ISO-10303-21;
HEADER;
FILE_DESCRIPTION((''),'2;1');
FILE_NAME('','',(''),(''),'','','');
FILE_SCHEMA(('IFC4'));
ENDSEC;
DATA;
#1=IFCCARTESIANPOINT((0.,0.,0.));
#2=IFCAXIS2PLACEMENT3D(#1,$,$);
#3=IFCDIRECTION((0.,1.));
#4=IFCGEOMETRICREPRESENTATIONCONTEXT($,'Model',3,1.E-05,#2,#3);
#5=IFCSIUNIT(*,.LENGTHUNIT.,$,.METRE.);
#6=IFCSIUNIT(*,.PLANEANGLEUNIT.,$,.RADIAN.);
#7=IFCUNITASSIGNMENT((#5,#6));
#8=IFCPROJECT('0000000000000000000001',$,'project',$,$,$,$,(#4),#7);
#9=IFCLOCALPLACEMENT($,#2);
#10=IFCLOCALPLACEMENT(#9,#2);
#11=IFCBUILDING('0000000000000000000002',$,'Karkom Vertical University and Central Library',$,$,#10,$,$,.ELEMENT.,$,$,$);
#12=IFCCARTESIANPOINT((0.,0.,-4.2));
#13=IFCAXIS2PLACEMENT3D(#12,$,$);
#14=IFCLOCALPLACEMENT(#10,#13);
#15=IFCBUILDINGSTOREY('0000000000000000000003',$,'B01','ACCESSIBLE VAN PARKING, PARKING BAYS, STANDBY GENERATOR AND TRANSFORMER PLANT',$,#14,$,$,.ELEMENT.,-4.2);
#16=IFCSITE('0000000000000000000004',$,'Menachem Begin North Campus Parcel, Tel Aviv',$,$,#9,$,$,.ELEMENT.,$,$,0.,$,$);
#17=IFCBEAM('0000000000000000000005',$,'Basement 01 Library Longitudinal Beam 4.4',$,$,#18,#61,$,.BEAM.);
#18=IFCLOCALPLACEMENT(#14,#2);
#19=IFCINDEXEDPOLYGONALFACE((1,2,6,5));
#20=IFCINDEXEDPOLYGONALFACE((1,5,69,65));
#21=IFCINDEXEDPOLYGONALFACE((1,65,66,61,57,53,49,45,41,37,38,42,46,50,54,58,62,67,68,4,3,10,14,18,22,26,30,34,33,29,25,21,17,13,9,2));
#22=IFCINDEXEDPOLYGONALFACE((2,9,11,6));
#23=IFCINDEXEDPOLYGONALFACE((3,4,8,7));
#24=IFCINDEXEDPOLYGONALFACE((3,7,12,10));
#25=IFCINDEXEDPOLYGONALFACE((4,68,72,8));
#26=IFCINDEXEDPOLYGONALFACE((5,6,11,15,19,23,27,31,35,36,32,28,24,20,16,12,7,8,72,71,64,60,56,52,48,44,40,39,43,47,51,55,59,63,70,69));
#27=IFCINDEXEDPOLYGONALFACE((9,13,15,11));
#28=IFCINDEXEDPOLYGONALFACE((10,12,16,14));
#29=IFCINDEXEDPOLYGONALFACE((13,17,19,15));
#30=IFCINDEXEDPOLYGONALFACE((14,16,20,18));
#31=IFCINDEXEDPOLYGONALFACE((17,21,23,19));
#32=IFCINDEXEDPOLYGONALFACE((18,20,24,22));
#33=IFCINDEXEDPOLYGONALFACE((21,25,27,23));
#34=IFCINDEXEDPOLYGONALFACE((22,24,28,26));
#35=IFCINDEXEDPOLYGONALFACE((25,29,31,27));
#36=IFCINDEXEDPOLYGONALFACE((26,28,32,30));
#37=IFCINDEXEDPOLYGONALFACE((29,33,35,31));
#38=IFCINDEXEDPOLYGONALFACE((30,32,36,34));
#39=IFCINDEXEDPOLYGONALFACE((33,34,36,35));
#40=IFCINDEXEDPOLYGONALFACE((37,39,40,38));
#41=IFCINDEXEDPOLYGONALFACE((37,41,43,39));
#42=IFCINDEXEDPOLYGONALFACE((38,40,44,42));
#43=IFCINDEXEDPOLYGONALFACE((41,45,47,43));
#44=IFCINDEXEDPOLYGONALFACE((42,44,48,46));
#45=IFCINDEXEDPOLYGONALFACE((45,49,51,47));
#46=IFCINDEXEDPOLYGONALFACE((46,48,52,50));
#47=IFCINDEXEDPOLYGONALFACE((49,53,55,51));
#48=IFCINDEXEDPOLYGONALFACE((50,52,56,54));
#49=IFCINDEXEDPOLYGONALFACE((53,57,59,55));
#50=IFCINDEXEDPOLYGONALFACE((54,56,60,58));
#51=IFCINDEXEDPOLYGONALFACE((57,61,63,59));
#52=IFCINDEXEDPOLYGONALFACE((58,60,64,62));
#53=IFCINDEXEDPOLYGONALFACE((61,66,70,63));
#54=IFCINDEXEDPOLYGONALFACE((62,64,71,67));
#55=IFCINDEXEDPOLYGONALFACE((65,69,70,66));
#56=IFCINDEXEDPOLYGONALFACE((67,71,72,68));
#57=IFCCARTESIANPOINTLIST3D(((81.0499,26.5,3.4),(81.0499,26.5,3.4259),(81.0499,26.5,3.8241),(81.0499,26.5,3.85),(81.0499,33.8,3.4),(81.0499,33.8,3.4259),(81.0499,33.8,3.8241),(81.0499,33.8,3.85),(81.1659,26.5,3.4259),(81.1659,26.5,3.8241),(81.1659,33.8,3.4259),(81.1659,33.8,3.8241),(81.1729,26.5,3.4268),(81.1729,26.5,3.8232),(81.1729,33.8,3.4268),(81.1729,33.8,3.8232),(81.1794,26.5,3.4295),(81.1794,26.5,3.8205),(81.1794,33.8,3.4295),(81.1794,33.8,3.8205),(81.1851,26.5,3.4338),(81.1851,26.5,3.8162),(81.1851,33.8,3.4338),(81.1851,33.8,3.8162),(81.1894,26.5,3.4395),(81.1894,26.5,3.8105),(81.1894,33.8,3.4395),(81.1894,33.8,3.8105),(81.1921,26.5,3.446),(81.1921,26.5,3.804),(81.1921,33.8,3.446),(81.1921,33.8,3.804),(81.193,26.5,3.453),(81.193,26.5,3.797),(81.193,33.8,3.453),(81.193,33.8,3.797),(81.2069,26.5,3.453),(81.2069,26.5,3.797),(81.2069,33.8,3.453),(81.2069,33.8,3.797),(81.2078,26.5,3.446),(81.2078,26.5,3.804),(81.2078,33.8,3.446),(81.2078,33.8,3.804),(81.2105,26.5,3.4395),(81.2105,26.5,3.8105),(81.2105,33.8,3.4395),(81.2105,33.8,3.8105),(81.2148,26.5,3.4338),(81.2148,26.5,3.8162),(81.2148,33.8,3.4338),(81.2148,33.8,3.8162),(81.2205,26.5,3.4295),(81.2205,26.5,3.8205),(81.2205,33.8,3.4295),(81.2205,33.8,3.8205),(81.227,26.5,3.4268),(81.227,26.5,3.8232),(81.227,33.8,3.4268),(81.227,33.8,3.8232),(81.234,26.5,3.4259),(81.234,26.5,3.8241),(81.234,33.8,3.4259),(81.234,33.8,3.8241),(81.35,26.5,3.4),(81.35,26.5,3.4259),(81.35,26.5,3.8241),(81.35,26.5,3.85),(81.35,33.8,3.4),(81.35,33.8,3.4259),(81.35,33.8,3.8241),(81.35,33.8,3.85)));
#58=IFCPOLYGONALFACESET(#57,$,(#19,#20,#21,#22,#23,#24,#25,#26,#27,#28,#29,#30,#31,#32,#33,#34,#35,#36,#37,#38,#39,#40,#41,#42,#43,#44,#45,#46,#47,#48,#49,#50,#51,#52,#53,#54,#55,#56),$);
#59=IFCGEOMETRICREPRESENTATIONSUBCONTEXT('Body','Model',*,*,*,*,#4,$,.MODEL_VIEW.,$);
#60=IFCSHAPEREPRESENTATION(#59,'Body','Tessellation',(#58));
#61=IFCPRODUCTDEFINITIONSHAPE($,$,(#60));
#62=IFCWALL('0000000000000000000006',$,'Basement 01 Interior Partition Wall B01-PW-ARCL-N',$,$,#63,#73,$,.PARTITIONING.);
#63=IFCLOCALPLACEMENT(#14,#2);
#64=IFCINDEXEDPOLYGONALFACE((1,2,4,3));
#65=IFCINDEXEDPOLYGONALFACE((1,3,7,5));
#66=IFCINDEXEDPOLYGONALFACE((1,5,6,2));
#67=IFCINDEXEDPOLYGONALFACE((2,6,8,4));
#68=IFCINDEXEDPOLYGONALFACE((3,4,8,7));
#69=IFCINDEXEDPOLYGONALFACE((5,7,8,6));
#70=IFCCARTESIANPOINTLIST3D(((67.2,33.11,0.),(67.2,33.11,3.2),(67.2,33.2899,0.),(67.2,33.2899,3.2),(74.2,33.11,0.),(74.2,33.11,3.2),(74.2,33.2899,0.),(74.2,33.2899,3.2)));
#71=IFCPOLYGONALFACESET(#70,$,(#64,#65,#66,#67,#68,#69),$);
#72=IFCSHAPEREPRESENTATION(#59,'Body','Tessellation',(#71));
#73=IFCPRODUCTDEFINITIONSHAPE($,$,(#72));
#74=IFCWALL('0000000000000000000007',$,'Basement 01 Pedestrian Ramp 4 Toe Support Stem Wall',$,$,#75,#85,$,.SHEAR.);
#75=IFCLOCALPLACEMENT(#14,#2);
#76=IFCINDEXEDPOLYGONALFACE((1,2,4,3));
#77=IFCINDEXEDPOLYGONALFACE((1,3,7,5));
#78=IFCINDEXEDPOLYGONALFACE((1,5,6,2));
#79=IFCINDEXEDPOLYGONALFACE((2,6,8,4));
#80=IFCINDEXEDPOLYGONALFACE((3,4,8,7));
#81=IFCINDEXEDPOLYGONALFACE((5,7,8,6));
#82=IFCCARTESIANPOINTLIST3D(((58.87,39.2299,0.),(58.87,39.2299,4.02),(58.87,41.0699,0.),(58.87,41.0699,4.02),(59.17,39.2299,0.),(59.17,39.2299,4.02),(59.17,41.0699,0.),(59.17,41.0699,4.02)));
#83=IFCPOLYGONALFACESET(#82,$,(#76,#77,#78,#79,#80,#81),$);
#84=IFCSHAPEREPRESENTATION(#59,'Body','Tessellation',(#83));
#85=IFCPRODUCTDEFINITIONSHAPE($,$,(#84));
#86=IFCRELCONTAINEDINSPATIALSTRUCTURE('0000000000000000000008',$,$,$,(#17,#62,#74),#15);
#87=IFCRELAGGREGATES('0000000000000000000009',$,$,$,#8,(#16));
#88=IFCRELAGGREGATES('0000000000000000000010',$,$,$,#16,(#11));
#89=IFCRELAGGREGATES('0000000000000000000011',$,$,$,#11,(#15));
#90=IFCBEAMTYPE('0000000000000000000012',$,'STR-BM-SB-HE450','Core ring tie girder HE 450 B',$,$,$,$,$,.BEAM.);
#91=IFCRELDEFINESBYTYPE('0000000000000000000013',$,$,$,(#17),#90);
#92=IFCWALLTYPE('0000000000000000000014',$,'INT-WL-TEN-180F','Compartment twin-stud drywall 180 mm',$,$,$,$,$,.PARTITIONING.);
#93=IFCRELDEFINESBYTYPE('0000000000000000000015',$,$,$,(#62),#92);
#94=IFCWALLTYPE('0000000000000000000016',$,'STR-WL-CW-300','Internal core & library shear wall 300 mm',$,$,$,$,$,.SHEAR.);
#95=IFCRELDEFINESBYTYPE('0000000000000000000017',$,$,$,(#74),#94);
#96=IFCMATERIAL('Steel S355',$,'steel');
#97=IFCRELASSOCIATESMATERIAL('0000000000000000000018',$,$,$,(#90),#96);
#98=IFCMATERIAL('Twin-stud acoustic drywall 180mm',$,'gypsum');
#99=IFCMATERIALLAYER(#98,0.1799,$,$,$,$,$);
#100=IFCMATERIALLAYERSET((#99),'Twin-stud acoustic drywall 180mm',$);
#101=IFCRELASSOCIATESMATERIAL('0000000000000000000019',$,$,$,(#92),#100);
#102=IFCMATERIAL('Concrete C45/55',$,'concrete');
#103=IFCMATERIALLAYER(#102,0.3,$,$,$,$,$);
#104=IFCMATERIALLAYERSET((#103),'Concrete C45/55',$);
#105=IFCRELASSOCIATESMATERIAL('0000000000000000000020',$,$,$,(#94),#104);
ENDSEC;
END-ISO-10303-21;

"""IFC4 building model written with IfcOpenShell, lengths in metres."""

from ifc_helpers import new_model, si_unit, direction, frame, frame_2d, origin, origin_with_axes, origin_2d, place, context, subcontext, project, spatial, rectangle, i_section, extrude, source, transform, mapped, material, layer, layer_set, material_profile, profile_set, type_object, element, save


model = new_model("IFC4")

# Units and contexts
model_context = context("Model", 3, precision=1e-05, world=origin(), true_north=direction((0.0, 1.0)))
body_context = subcontext(model_context, "Body", "Model", "MODEL_VIEW")
ifc_project = project(units=[si_unit("LENGTHUNIT", "METRE"), si_unit("PLANEANGLEUNIT", "RADIAN")], contexts=[model_context])

# Site, building, storey
site_placement = place(None, origin())
site = spatial("IfcSite", under=ifc_project, at=site_placement, Name="Menachem Begin North Campus Parcel, Tel Aviv", CompositionType="ELEMENT", RefElevation=0.0)
building_placement = place(site_placement, origin())
building = spatial("IfcBuilding", under=site, at=building_placement, Name="Karkom Vertical University and Central Library", CompositionType="ELEMENT")
storey_placement = place(building_placement, frame((0.0, 0.0, -4.2)))
storey = spatial("IfcBuildingStorey", under=building, at=storey_placement, Name="B01", Description="ACCESSIBLE VAN PARKING, PARKING BAYS, STANDBY GENERATOR AND TRANSFORMER PLANT", CompositionType="ELEMENT", Elevation=-4.2)

# Shared definitions
ifc_material_1 = material(Name="Concrete C45/55", Category="concrete")

# Beam
ifc_material_2 = material(Name="Steel S355", Category="steel")
ifc_material_profile_1 = material_profile(ifc_material_2, i_section(OverallWidth=0.3, OverallDepth=0.45, WebThickness=0.0139, FlangeThickness=0.0259, FilletRadius=0.0271, at=origin_2d()), Name="HE 450 B")
ifc_profile_set_1 = profile_set([ifc_material_profile_1], Name="Steel S355")
beam_type_1 = type_object("IfcBeamType", Name="STR-BM-SB-HE450", Description="Core ring tie girder HE 450 B", PredefinedType="BEAM", material=ifc_profile_set_1)
shared_shape_1 = source(origin_with_axes(), body_context, "Body", "SweptSolid", [
    extrude(i_section(OverallWidth=0.3, OverallDepth=0.45, WebThickness=0.0139, FlangeThickness=0.0259, FilletRadius=0.0271, at=origin_2d()), origin(), (0.0, 0.0, 1.0), 7.3),
])
for number, where, z_axis, x_axis, name in (
    (1, (81.2, 26.5, 3.625), (0.0, 1.0, 0.0), (-1.0, 0.0, 0.0), "Basement 01 Library Longitudinal Beam 4.4"),
):
    element("IfcBeam", number, at=place(storey_placement, frame(where, z_axis=z_axis, x_axis=x_axis)), inside=storey, type_object=beam_type_1, Name=name, PredefinedType="BEAM", context=body_context, shape_type="MappedRepresentation", body=[
        mapped(shared_shape_1, transform((0.0, 0.0, 0.0), scale=1.0)),
    ])

# Walls
ifc_material_3 = material(Name="Twin-stud acoustic drywall 180mm", Category="gypsum")
ifc_layer_1 = layer(ifc_material_3, 0.1799)
ifc_layer_set_1 = layer_set([ifc_layer_1], Name="Twin-stud acoustic drywall 180mm")
wall_type_1 = type_object("IfcWallType", Name="INT-WL-TEN-180F", Description="Compartment twin-stud drywall 180 mm", PredefinedType="PARTITIONING", material=ifc_layer_set_1)
wall_1_placement = place(storey_placement, frame((67.2, 33.2, 0.0), z_axis=(0.0, 0.0, 1.0), x_axis=(1.0, 0.0, 0.0)))
element("IfcWall", 2, at=wall_1_placement, inside=storey, type_object=wall_type_1, Name="Basement 01 Interior Partition Wall B01-PW-ARCL-N", PredefinedType="PARTITIONING", context=body_context, shape_type="SweptSolid", body=[
    extrude(rectangle(XDim=7.0, YDim=0.1799, at=frame_2d((3.5, 0.0))), origin(), (0.0, 0.0, 1.0), 3.2),
])
ifc_layer_2 = layer(ifc_material_1, 0.3)
ifc_layer_set_2 = layer_set([ifc_layer_2], Name="Concrete C45/55")
wall_type_2 = type_object("IfcWallType", Name="STR-WL-CW-300", Description="Internal core & library shear wall 300 mm", PredefinedType="SHEAR", material=ifc_layer_set_2)
wall_2_placement = place(storey_placement, frame((59.02, 39.23, 0.0), z_axis=(0.0, 0.0, 1.0), x_axis=(0.0, 1.0, 0.0)))
element("IfcWall", 3, at=wall_2_placement, inside=storey, type_object=wall_type_2, Name="Basement 01 Pedestrian Ramp 4 Toe Support Stem Wall", PredefinedType="SHEAR", context=body_context, shape_type="SweptSolid", body=[
    extrude(rectangle(XDim=1.8401, YDim=0.3, at=frame_2d((0.9199, 0.0))), origin(), (0.0, 0.0, 1.0), 4.02),
])

save(model, "model.ifc")
